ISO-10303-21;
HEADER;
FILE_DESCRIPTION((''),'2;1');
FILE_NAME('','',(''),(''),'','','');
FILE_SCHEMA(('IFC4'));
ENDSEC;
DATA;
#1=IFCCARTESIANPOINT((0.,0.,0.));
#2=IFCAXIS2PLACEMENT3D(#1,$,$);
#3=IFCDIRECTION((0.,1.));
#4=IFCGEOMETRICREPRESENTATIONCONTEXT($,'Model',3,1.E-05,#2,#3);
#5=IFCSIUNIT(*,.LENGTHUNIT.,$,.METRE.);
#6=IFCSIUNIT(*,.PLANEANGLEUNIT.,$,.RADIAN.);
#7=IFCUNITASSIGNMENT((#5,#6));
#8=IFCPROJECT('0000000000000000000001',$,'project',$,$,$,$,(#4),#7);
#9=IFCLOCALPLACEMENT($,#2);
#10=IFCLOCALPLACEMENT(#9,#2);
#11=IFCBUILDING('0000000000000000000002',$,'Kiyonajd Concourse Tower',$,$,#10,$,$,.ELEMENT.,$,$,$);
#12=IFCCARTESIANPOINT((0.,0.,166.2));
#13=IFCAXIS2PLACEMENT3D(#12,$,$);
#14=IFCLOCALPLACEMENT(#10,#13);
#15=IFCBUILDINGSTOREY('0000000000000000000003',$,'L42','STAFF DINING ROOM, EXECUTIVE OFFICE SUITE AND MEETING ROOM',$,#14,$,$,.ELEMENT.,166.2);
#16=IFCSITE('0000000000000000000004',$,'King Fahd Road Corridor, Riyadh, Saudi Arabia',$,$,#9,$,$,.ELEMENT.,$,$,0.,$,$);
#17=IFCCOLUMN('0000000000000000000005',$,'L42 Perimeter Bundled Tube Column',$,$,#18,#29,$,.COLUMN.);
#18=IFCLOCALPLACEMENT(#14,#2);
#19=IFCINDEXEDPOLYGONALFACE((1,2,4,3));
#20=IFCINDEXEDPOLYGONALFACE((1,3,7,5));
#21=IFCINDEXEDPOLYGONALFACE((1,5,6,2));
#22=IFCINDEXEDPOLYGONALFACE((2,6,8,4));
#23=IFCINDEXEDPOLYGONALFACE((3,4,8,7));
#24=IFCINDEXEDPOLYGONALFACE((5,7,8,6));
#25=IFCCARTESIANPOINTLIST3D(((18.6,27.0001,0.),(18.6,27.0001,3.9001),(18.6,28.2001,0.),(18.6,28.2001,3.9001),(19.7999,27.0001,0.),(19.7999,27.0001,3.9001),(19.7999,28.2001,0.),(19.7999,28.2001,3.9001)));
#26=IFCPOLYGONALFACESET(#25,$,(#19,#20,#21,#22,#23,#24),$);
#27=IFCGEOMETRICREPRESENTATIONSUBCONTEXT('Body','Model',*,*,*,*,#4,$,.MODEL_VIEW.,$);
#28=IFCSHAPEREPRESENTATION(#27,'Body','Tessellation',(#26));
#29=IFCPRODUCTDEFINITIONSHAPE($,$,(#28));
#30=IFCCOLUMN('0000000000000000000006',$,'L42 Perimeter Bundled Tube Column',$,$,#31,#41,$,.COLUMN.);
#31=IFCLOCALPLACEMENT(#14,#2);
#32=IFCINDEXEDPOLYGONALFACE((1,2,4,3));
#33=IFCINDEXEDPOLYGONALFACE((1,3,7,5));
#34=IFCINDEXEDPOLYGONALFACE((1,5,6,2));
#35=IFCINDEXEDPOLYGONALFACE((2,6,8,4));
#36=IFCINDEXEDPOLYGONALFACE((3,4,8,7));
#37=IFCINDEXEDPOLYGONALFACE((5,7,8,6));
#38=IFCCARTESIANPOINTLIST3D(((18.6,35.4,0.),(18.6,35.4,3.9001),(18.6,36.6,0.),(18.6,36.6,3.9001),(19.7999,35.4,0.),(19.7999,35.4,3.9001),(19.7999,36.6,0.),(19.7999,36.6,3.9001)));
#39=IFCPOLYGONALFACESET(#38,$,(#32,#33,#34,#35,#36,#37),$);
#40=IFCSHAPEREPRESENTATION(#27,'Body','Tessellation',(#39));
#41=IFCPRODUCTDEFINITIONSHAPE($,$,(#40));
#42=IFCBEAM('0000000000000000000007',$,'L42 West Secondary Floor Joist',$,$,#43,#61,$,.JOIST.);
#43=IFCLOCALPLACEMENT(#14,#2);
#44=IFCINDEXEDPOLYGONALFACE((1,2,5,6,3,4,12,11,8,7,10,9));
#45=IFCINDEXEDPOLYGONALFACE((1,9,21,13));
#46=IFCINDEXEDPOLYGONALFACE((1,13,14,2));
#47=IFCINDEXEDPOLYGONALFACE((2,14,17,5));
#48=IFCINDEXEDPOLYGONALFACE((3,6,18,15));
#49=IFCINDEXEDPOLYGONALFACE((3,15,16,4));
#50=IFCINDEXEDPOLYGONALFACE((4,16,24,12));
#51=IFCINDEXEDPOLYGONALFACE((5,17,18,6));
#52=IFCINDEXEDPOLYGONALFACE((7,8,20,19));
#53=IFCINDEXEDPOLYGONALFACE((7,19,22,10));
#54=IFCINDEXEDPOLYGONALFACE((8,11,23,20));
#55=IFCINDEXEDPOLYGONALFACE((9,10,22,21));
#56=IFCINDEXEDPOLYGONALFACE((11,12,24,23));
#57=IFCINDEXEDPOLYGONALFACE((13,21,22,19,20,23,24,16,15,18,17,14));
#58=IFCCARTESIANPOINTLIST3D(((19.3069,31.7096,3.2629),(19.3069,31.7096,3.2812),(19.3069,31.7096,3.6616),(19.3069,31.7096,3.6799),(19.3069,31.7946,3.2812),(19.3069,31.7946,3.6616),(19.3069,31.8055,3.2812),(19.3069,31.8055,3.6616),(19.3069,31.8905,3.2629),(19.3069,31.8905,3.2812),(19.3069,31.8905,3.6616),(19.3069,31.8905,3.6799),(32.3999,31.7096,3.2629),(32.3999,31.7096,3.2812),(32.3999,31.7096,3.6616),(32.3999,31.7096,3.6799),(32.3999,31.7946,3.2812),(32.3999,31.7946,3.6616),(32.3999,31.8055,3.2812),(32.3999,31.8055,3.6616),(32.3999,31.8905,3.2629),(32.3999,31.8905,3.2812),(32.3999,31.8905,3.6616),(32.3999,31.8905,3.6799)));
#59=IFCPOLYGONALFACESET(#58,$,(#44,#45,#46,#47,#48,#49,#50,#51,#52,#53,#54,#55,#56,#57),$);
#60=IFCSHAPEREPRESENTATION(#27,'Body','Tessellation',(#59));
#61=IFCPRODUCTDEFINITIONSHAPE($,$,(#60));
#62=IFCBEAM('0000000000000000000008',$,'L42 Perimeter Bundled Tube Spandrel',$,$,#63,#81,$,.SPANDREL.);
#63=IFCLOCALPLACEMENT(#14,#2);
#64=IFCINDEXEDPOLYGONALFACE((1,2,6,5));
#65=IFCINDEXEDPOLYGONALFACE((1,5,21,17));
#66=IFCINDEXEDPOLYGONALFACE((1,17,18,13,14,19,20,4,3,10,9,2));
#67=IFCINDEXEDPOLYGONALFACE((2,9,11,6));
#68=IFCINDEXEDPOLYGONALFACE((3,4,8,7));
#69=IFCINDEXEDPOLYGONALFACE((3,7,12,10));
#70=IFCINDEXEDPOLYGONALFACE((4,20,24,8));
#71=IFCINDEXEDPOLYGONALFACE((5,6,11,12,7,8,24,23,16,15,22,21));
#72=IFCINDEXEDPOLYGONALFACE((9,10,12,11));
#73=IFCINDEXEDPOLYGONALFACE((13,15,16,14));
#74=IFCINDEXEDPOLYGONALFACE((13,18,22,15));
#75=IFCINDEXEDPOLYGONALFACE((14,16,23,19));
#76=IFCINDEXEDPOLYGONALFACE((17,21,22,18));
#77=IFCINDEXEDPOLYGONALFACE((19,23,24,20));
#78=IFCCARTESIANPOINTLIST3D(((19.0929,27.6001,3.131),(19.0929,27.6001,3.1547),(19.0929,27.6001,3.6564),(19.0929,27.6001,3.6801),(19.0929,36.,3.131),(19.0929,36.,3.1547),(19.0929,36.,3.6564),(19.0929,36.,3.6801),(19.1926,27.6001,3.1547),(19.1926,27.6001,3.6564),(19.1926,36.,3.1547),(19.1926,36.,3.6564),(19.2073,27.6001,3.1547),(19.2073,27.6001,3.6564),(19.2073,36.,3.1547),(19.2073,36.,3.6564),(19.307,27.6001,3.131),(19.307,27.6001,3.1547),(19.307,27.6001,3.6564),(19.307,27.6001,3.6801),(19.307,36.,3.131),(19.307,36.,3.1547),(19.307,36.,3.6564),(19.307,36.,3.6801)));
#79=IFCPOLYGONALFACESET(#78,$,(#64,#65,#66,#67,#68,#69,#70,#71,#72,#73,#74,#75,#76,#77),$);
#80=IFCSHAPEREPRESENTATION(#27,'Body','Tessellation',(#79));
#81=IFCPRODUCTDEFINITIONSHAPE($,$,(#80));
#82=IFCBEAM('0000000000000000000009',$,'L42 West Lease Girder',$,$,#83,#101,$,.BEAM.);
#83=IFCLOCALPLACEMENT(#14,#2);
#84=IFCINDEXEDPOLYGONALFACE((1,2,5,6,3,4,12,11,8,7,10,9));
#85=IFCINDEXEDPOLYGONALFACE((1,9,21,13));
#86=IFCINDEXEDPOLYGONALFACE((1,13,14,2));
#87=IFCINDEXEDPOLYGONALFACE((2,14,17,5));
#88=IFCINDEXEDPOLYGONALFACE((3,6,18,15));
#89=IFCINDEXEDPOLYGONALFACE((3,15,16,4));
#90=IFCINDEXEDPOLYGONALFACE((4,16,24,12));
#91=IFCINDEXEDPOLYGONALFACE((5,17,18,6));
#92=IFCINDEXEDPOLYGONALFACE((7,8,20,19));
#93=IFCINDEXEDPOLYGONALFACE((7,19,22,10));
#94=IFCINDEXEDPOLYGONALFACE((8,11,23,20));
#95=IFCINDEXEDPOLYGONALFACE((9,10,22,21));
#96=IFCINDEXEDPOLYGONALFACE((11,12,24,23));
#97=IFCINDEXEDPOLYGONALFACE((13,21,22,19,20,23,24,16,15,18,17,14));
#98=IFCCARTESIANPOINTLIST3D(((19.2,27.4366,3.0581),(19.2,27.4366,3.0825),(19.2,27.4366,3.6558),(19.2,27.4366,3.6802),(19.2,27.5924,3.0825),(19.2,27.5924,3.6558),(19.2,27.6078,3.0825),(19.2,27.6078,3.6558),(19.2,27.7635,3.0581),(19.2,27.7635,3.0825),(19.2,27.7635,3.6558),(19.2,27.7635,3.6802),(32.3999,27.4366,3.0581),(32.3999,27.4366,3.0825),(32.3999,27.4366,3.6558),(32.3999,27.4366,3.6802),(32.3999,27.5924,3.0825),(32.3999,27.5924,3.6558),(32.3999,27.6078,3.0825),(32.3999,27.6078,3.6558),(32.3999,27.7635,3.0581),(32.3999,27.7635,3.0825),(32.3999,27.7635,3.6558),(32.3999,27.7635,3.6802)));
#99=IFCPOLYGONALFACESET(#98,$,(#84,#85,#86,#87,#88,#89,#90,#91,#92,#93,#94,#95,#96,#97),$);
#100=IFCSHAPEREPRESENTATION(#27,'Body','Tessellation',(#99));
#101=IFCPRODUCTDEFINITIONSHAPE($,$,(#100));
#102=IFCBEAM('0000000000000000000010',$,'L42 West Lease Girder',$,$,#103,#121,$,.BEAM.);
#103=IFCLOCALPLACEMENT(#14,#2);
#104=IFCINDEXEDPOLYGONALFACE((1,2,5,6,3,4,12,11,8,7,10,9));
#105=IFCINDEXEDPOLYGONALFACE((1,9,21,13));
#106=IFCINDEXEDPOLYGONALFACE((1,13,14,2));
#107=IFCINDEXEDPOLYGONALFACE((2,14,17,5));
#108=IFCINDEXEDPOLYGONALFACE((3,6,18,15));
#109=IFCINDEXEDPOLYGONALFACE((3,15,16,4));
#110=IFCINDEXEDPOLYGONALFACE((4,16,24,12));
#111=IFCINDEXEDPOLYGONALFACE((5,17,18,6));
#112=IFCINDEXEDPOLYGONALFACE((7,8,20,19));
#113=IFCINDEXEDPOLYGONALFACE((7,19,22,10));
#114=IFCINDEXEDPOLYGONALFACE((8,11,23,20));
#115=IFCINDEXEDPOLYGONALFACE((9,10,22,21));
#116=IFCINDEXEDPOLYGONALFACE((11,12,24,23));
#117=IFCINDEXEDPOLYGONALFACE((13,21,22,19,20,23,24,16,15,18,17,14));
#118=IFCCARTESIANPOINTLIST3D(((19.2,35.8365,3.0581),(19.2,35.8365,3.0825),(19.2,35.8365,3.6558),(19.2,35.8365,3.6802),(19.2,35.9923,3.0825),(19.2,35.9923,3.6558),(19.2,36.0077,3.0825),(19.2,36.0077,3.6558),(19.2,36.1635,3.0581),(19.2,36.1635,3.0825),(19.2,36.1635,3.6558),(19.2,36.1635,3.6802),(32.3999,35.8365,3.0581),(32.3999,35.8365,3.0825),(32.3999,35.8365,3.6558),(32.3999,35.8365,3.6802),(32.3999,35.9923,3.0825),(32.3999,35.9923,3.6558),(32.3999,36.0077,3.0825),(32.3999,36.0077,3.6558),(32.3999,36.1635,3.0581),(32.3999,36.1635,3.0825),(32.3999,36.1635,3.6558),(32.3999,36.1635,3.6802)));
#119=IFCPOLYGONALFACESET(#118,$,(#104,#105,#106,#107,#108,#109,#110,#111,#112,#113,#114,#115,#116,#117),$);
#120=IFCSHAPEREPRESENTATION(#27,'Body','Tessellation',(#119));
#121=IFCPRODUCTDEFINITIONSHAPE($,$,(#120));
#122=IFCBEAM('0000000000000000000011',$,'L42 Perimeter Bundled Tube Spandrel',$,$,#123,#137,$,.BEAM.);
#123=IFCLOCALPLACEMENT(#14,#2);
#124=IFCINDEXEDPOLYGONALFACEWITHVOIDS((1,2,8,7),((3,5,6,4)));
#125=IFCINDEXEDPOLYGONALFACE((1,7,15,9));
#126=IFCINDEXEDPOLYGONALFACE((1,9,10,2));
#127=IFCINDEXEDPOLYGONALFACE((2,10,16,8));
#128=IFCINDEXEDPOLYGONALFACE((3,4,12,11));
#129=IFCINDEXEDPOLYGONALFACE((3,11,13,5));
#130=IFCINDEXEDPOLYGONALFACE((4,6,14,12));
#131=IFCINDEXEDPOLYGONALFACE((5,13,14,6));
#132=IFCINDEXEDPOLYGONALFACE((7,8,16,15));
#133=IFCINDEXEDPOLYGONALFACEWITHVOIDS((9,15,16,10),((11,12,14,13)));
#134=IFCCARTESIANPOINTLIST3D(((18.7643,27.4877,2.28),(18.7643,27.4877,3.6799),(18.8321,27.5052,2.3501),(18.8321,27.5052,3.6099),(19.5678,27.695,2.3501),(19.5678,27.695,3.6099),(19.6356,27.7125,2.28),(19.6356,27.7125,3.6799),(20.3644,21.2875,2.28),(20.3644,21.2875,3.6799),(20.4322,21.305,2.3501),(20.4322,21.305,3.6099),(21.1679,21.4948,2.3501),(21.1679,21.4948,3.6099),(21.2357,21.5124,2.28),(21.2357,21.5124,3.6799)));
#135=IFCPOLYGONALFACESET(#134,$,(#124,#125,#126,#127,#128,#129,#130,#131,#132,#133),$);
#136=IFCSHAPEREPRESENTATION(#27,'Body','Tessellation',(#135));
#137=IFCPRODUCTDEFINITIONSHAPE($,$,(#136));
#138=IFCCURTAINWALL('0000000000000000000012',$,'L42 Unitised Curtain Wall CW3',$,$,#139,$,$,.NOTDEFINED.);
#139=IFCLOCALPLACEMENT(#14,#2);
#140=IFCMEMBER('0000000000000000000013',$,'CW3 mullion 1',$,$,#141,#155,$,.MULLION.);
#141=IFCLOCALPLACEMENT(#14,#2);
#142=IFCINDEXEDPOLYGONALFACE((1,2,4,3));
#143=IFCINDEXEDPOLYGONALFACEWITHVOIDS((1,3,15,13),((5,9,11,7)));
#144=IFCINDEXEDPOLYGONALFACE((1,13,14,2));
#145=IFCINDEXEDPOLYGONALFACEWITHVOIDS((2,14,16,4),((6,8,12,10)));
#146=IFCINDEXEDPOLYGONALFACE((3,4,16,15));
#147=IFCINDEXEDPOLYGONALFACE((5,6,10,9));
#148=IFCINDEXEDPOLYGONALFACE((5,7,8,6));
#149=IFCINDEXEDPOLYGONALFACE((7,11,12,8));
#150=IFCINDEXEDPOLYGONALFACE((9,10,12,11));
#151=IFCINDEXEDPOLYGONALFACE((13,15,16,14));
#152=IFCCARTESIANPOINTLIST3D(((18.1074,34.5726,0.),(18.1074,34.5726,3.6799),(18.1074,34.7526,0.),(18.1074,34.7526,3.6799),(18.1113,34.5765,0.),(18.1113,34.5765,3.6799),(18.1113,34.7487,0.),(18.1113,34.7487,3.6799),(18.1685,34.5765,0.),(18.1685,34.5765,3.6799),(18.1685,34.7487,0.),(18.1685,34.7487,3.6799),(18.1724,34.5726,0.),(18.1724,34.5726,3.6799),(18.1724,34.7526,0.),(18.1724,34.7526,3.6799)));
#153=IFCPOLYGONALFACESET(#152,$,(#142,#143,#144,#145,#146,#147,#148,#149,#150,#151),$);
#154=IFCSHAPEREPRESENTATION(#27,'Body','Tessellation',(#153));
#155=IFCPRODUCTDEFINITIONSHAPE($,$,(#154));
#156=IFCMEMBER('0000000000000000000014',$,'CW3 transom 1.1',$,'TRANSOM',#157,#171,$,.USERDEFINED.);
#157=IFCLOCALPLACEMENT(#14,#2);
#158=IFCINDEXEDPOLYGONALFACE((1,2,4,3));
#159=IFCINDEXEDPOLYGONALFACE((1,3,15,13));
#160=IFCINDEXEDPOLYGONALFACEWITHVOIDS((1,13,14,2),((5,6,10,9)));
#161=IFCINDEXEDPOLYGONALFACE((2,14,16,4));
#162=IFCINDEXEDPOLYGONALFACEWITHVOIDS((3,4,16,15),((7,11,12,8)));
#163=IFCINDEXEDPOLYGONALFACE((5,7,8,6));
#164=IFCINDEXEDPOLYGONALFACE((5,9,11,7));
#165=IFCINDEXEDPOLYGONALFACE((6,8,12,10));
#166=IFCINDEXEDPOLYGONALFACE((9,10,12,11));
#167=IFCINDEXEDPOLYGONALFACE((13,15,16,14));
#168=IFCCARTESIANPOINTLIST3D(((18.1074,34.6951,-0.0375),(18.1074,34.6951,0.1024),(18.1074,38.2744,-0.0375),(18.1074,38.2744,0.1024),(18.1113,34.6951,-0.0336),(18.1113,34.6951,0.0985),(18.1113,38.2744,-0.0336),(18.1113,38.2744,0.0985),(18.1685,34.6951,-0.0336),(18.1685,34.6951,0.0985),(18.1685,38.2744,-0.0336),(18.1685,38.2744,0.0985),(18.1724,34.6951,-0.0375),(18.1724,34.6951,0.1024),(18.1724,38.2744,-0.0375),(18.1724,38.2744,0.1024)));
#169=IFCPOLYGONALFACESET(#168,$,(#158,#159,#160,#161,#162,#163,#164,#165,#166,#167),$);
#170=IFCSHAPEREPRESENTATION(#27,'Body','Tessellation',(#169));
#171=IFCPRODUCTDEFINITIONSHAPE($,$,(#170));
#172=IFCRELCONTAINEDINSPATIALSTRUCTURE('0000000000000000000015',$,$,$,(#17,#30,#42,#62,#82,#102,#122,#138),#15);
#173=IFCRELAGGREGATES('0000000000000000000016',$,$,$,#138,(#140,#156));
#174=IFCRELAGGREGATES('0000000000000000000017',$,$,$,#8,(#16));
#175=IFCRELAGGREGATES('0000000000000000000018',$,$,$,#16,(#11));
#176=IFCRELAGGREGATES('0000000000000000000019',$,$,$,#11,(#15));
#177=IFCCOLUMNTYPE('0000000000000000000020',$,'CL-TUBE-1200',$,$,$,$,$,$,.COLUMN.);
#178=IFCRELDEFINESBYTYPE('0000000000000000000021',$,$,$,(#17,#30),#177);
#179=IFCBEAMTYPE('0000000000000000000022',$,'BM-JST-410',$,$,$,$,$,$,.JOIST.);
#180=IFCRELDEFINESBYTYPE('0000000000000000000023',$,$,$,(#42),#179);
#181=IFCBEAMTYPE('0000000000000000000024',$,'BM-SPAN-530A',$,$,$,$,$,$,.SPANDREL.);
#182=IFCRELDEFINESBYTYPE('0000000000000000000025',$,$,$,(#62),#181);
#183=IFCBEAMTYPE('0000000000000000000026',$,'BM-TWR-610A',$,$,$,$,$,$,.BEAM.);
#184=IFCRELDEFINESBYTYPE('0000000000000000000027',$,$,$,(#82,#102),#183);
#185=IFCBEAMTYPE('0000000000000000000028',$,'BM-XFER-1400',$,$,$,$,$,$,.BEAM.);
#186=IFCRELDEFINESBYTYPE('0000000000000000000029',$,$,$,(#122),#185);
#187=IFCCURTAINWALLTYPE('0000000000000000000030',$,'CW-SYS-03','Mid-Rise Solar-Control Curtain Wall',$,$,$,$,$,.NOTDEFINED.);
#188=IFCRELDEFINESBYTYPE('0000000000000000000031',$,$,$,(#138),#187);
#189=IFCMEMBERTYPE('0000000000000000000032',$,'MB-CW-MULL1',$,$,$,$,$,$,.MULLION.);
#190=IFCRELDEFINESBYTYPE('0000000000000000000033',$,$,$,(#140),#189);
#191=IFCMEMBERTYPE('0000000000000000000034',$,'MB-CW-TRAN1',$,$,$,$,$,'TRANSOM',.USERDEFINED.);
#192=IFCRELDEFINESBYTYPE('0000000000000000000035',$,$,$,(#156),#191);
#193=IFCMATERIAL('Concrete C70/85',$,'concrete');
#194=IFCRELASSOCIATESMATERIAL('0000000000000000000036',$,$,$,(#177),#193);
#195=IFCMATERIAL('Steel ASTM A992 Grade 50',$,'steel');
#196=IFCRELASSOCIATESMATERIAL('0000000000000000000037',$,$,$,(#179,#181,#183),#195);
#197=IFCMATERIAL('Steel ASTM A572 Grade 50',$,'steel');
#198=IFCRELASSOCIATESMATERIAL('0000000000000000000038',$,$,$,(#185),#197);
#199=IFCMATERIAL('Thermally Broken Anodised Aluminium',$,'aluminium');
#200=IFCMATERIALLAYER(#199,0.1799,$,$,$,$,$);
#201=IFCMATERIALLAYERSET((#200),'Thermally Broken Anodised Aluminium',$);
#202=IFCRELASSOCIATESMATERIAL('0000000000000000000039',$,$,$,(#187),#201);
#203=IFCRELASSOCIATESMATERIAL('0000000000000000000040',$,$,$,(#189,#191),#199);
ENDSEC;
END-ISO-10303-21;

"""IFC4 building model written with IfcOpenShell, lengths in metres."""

from ifc_helpers import new_model, si_unit, direction, frame, origin, origin_2d, place, context, subcontext, project, spatial, rectangle, hollow_rectangle, i_section, extrude, material, layer, layer_set, material_profile, profile_set, type_object, element, aggregate, save


model = new_model("IFC4")

# Units and contexts
model_context = context("Model", 3, precision=1e-05, world=origin(), true_north=direction((0.0, 1.0)))
body_context = subcontext(model_context, "Body", "Model", "MODEL_VIEW")
ifc_project = project(units=[si_unit("LENGTHUNIT", "METRE"), si_unit("PLANEANGLEUNIT", "RADIAN")], contexts=[model_context])

# Site, building, storey
site_placement = place(None, origin())
site = spatial("IfcSite", under=ifc_project, at=site_placement, Name="King Fahd Road Corridor, Riyadh, Saudi Arabia", CompositionType="ELEMENT", RefElevation=0.0)
building_placement = place(site_placement, origin())
building = spatial("IfcBuilding", under=site, at=building_placement, Name="Kiyonajd Concourse Tower", CompositionType="ELEMENT")
storey_placement = place(building_placement, frame((0.0, 0.0, 166.2)))
storey = spatial("IfcBuildingStorey", under=building, at=storey_placement, Name="L42", Description="STAFF DINING ROOM, EXECUTIVE OFFICE SUITE AND MEETING ROOM", CompositionType="ELEMENT", Elevation=166.2)

# Columns
ifc_material_1 = material(Name="Concrete C70/85", Category="concrete")
ifc_material_profile_1 = material_profile(ifc_material_1, rectangle(XDim=1.2, YDim=1.2, at=origin_2d()), Name="RC-1200x1200")
ifc_profile_set_1 = profile_set([ifc_material_profile_1], Name="Concrete C70/85")
column_type = type_object("IfcColumnType", Name="CL-TUBE-1200", PredefinedType="COLUMN", material=ifc_profile_set_1)
for number, where, z_axis, x_axis, name in (
    (1, (19.2, 27.6001, 0.0), (0.0, 0.0, 1.0), (1.0, 0.0, 0.0), "L42 Perimeter Bundled Tube Column"),
    (2, (19.2, 36.0, 0.0), (0.0, 0.0, 1.0), (1.0, 0.0, 0.0), "L42 Perimeter Bundled Tube Column"),
):
    element("IfcColumn", number, at=place(storey_placement, frame(where, z_axis=z_axis, x_axis=x_axis)), inside=storey, type_object=column_type, Name=name, PredefinedType="COLUMN", context=body_context, shape_type="SweptSolid", body=[
        extrude(rectangle(XDim=1.2, YDim=1.2, at=origin_2d()), origin(), (0.0, 0.0, 1.0), 3.9001),
    ])

# Beams
ifc_material_2 = material(Name="Steel ASTM A992 Grade 50", Category="steel")
ifc_material_profile_2 = material_profile(ifc_material_2, i_section(OverallWidth=0.1809, OverallDepth=0.417, WebThickness=0.011, FlangeThickness=0.0183, at=origin_2d()), Name="W410X85")
ifc_profile_set_2 = profile_set([ifc_material_profile_2], Name="Steel ASTM A992 Grade 50")
beam_type_1 = type_object("IfcBeamType", Name="BM-JST-410", PredefinedType="JOIST", material=ifc_profile_set_2)
beam_1_placement = place(storey_placement, frame((19.3069, 31.8, 3.4714), z_axis=(1.0, 0.0, 0.0), x_axis=(0.0, 1.0, 0.0)))
element("IfcBeam", 3, at=beam_1_placement, inside=storey, type_object=beam_type_1, Name="L42 West Secondary Floor Joist", PredefinedType="JOIST", context=body_context, shape_type="SweptSolid", body=[
    extrude(i_section(OverallWidth=0.1809, OverallDepth=0.417, WebThickness=0.011, FlangeThickness=0.0183, at=origin_2d()), origin(), (0.0, 0.0, 1.0), 13.093),
])
ifc_material_profile_3 = material_profile(ifc_material_2, i_section(OverallWidth=0.2141, OverallDepth=0.5491, WebThickness=0.0146, FlangeThickness=0.0237, at=origin_2d()), Name="W530X138")
ifc_profile_set_3 = profile_set([ifc_material_profile_3], Name="Steel ASTM A992 Grade 50")
beam_type_2 = type_object("IfcBeamType", Name="BM-SPAN-530A", PredefinedType="SPANDREL", material=ifc_profile_set_3)
beam_2_placement = place(storey_placement, frame((19.2, 36.0, 3.4055), z_axis=(0.0, -1.0, 0.0), x_axis=(1.0, 0.0, 0.0)))
element("IfcBeam", 4, at=beam_2_placement, inside=storey, type_object=beam_type_2, Name="L42 Perimeter Bundled Tube Spandrel", PredefinedType="SPANDREL", context=body_context, shape_type="SweptSolid", body=[
    extrude(i_section(OverallWidth=0.2141, OverallDepth=0.5491, WebThickness=0.0146, FlangeThickness=0.0237, at=origin_2d()), origin(), (0.0, 0.0, 1.0), 8.3999),
])
ifc_material_profile_4 = material_profile(ifc_material_2, i_section(OverallWidth=0.3269, OverallDepth=0.6221, WebThickness=0.0154, FlangeThickness=0.0244, at=origin_2d()), Name="W610X195")
ifc_profile_set_4 = profile_set([ifc_material_profile_4], Name="Steel ASTM A992 Grade 50")
beam_type_3 = type_object("IfcBeamType", Name="BM-TWR-610A", PredefinedType="BEAM", material=ifc_profile_set_4)
for number, where, z_axis, x_axis, name in (
    (5, (19.2, 27.6001, 3.3691), (1.0, 0.0, 0.0), (0.0, 1.0, 0.0), "L42 West Lease Girder"),
    (6, (19.2, 36.0, 3.3691), (1.0, 0.0, 0.0), (0.0, 1.0, 0.0), "L42 West Lease Girder"),
):
    element("IfcBeam", number, at=place(storey_placement, frame(where, z_axis=z_axis, x_axis=x_axis)), inside=storey, type_object=beam_type_3, Name=name, PredefinedType="BEAM", context=body_context, shape_type="SweptSolid", body=[
        extrude(i_section(OverallWidth=0.3269, OverallDepth=0.6221, WebThickness=0.0154, FlangeThickness=0.0244, at=origin_2d()), origin(), (0.0, 0.0, 1.0), 13.2),
    ])
ifc_material_3 = material(Name="Steel ASTM A572 Grade 50", Category="steel")
ifc_material_profile_5 = material_profile(ifc_material_3, hollow_rectangle(XDim=0.8999, YDim=1.3999, WallThickness=0.0701, at=origin_2d()), Name="BOX-1400x900x70")
ifc_profile_set_5 = profile_set([ifc_material_profile_5], Name="Steel ASTM A572 Grade 50")
beam_type_4 = type_object("IfcBeamType", Name="BM-XFER-1400", PredefinedType="BEAM", material=ifc_profile_set_5)
beam_3_placement = place(storey_placement, frame((19.2, 27.6001, 2.98), z_axis=(0.249885, -0.968276, 0.0), x_axis=(0.968276, 0.249885, 0.0)))
element("IfcBeam", 7, at=beam_3_placement, inside=storey, type_object=beam_type_4, Name="L42 Perimeter Bundled Tube Spandrel", PredefinedType="BEAM", context=body_context, shape_type="SweptSolid", body=[
    extrude(hollow_rectangle(XDim=0.8999, YDim=1.3999, WallThickness=0.0701, at=origin_2d()), origin(), (0.0, 0.0, 1.0), 6.4033),
])

# Curtain wall, members
ifc_material_4 = material(Name="Thermally Broken Anodised Aluminium", Category="aluminium")
ifc_layer_1 = layer(ifc_material_4, 0.1799)
ifc_layer_set_1 = layer_set([ifc_layer_1], Name="Thermally Broken Anodised Aluminium")
curtain_wall_type = type_object("IfcCurtainWallType", Name="CW-SYS-03", Description="Mid-Rise Solar-Control Curtain Wall", PredefinedType="NOTDEFINED", material=ifc_layer_set_1)
curtain_wall_placement = place(storey_placement, origin())
curtain_wall = element("IfcCurtainWall", 8, at=curtain_wall_placement, inside=storey, type_object=curtain_wall_type, Name="L42 Unitised Curtain Wall CW3", PredefinedType="NOTDEFINED")
ifc_material_profile_6 = material_profile(ifc_material_4, hollow_rectangle(XDim=0.0649, YDim=0.1799, WallThickness=0.0039, at=origin_2d()), Name="MULL-65x180")
ifc_profile_set_6 = profile_set([ifc_material_profile_6], Name="Thermally Broken Anodised Aluminium")
member_type_1 = type_object("IfcMemberType", Name="MB-CW-MULL1", PredefinedType="MULLION", material=ifc_profile_set_6)
member_1_placement = place(storey_placement, frame((18.1399, 34.6626, 0.0), z_axis=(0.0, 0.0, 1.0), x_axis=(-1.0, 0.0, 0.0)))
member_1 = element("IfcMember", 9, at=member_1_placement, type_object=member_type_1, Name="CW3 mullion 1", PredefinedType="MULLION", context=body_context, shape_type="SweptSolid", body=[
    extrude(hollow_rectangle(XDim=0.0649, YDim=0.1799, WallThickness=0.0039, at=origin_2d()), origin(), (0.0, 0.0, 1.0), 3.6799),
])
ifc_material_profile_7 = material_profile(ifc_material_4, hollow_rectangle(XDim=0.0649, YDim=0.1399, WallThickness=0.0039, at=origin_2d()), Name="TRAN-65x140")
ifc_profile_set_7 = profile_set([ifc_material_profile_7], Name="Thermally Broken Anodised Aluminium")
member_type_2 = type_object("IfcMemberType", Name="MB-CW-TRAN1", ElementType="TRANSOM", PredefinedType="USERDEFINED", material=ifc_profile_set_7)
member_2_placement = place(storey_placement, frame((18.1399, 34.6951, 0.0325), z_axis=(0.0, 1.0, 0.0), x_axis=(-1.0, 0.0, 0.0)))
member_2 = element("IfcMember", 10, at=member_2_placement, type_object=member_type_2, Name="CW3 transom 1.1", ObjectType="TRANSOM", PredefinedType="USERDEFINED", context=body_context, shape_type="SweptSolid", body=[
    extrude(hollow_rectangle(XDim=0.0649, YDim=0.1399, WallThickness=0.0039, at=origin_2d()), origin(), (0.0, 0.0, 1.0), 3.5793),
])

aggregate(curtain_wall, [member_1, member_2])

save(model, "model.ifc")
